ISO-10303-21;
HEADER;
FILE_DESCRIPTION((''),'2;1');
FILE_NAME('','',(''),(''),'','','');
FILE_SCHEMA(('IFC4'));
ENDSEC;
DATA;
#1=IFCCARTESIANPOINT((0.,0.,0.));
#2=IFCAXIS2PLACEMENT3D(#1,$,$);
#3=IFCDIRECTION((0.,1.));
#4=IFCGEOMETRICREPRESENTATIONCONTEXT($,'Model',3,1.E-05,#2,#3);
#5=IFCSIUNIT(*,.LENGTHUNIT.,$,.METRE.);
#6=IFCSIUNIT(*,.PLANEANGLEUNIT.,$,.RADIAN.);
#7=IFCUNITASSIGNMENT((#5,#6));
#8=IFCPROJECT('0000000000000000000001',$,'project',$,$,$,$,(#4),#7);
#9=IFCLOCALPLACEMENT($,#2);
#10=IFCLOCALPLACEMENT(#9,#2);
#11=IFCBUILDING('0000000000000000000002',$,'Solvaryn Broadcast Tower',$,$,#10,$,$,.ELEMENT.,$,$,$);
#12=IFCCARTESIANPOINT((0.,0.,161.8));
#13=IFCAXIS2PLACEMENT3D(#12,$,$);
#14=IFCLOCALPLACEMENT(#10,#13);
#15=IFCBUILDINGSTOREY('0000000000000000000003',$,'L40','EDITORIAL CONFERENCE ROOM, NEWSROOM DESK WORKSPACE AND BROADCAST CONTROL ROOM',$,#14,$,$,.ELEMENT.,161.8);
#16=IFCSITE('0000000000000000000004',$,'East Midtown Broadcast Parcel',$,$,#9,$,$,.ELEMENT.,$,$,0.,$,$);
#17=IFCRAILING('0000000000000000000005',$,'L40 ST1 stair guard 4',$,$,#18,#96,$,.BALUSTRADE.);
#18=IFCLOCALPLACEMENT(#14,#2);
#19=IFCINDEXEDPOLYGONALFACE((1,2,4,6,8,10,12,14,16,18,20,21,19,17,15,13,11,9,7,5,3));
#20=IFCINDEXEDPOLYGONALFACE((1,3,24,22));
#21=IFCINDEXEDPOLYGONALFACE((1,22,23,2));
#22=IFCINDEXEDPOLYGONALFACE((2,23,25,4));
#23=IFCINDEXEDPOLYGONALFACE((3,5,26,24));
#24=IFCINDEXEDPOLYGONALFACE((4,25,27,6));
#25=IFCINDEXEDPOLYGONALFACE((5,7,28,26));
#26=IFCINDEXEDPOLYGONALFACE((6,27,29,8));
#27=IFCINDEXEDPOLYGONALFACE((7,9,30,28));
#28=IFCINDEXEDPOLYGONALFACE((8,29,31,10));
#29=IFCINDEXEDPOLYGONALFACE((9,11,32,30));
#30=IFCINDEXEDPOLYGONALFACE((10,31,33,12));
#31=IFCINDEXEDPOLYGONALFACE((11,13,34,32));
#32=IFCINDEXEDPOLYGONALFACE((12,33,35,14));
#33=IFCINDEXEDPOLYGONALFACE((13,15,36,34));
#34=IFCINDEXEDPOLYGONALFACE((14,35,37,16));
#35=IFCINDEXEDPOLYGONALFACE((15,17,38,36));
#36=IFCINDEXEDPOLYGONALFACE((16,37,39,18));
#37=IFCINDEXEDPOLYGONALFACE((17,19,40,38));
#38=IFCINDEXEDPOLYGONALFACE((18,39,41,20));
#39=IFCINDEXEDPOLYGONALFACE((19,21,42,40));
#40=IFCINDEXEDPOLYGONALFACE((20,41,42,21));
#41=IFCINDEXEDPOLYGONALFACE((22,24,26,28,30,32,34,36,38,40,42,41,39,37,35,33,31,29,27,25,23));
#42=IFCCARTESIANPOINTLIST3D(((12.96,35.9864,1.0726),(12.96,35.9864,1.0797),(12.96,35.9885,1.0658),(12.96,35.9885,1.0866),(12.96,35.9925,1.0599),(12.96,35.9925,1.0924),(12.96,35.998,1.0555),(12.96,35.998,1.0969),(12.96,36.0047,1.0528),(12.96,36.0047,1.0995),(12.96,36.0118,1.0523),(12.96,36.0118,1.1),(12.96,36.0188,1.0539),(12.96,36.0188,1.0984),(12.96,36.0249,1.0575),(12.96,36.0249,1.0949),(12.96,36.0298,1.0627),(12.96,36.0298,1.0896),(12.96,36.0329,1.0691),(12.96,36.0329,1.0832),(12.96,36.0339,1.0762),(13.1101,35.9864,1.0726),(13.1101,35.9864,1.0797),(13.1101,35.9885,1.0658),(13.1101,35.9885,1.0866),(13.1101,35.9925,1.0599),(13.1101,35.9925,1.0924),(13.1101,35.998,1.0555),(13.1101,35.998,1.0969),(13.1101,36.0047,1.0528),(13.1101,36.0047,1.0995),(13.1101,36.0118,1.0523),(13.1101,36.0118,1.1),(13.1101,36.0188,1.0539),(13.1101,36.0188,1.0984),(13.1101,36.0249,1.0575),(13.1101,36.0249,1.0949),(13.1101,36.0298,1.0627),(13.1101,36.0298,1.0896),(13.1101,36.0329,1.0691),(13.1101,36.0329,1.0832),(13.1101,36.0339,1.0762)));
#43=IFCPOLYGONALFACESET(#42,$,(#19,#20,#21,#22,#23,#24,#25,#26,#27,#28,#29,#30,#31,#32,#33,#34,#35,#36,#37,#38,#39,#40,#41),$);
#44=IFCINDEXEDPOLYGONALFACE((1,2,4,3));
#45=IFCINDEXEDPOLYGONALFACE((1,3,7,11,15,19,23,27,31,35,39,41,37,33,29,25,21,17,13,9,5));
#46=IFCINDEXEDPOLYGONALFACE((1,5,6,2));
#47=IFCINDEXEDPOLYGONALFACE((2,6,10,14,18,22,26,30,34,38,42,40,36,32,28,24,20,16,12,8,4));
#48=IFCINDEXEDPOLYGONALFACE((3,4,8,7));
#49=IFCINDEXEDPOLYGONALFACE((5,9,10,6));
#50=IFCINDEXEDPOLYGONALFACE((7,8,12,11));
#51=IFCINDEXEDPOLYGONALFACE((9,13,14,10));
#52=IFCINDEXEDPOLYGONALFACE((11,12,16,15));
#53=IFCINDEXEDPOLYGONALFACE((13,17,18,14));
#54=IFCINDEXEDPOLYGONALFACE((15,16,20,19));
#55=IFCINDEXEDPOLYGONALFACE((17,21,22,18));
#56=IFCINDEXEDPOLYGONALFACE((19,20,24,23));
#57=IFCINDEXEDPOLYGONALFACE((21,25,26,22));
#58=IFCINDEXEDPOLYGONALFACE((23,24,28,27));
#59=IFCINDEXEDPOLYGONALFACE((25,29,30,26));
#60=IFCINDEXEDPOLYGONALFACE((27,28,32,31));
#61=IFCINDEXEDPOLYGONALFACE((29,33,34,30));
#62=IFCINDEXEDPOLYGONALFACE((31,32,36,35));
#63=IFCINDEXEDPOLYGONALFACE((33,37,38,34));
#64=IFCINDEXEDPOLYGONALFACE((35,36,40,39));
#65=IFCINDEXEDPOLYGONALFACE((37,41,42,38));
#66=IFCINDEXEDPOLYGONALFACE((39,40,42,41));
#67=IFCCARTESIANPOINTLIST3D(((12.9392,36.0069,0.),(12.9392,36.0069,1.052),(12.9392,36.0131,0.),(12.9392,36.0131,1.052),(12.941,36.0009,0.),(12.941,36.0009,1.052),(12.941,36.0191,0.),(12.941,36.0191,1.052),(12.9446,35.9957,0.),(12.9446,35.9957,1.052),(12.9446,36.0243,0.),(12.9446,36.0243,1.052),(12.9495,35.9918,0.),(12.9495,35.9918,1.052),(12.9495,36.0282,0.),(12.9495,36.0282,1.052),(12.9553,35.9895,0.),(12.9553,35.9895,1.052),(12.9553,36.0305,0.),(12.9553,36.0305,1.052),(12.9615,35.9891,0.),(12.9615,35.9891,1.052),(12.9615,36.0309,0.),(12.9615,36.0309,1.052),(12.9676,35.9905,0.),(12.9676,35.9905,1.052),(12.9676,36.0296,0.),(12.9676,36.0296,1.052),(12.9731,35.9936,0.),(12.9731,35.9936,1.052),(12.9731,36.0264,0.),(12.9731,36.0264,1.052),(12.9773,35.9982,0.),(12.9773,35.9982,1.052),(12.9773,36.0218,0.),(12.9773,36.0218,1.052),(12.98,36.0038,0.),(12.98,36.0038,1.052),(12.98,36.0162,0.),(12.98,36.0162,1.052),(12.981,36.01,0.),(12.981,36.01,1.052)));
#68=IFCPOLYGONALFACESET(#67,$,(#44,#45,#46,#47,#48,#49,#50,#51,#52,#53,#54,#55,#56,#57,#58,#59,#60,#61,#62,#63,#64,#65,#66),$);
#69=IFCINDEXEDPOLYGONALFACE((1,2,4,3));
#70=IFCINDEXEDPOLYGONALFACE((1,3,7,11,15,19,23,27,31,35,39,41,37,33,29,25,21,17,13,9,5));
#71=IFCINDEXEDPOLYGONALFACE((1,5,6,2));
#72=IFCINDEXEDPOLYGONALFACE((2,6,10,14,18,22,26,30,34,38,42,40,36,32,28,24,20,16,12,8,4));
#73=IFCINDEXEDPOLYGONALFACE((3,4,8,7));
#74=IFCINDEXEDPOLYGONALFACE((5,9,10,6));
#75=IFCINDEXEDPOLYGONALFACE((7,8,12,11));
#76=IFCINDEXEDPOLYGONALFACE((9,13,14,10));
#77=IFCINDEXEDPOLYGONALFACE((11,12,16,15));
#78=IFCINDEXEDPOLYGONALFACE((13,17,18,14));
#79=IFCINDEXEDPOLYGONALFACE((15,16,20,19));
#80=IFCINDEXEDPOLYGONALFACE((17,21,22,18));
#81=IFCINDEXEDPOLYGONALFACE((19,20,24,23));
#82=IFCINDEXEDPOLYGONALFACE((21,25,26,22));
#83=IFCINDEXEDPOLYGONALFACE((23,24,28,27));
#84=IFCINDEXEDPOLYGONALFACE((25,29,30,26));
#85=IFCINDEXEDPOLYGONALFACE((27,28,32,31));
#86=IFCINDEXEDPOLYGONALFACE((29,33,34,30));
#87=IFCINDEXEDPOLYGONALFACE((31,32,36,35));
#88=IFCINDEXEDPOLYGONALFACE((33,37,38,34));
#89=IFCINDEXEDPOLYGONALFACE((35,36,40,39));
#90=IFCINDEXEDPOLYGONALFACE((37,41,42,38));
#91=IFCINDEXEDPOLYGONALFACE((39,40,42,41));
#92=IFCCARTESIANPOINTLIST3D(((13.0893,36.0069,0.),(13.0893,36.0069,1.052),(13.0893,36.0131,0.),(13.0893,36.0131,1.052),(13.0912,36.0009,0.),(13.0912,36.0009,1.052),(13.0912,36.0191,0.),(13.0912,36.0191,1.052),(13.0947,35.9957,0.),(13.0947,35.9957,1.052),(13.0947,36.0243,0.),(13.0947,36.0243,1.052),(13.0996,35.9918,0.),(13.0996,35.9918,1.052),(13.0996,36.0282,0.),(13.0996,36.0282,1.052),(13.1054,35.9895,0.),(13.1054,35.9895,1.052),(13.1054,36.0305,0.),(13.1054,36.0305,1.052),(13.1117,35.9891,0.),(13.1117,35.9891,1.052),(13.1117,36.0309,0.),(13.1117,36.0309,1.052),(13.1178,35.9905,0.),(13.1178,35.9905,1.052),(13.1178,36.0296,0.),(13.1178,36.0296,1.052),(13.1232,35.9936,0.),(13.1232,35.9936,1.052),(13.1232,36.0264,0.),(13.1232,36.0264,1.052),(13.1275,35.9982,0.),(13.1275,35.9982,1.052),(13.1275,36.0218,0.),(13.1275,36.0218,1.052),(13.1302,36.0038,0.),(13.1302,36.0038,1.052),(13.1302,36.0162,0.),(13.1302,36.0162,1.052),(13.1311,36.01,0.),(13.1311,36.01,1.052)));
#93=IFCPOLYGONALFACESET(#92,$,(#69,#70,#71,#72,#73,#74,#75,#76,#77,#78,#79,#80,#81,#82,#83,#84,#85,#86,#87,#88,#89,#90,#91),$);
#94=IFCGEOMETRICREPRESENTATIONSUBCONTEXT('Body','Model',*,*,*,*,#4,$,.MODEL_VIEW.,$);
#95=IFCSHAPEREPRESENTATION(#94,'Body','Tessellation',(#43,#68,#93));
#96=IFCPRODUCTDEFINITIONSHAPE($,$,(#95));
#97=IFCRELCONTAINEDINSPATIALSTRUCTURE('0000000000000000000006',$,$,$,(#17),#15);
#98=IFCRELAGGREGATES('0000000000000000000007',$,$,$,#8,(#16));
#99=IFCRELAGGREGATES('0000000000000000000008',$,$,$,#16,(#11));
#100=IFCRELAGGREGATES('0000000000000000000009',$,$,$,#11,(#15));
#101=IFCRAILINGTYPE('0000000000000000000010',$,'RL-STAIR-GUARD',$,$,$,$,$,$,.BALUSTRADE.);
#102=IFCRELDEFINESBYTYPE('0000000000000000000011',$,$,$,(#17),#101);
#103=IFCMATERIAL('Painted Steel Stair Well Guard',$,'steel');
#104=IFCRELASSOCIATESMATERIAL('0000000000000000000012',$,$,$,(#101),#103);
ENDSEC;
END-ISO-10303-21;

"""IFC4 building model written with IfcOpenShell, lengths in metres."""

from ifc_helpers import new_model, si_unit, direction, frame, origin, origin_2d, place, context, subcontext, project, spatial, circle, extrude, material, type_object, element, save


model = new_model("IFC4")

# Units and contexts
model_context = context("Model", 3, precision=1e-05, world=origin(), true_north=direction((0.0, 1.0)))
body_context = subcontext(model_context, "Body", "Model", "MODEL_VIEW")
ifc_project = project(units=[si_unit("LENGTHUNIT", "METRE"), si_unit("PLANEANGLEUNIT", "RADIAN")], contexts=[model_context])

# Site, building, storey
site_placement = place(None, origin())
site = spatial("IfcSite", under=ifc_project, at=site_placement, Name="East Midtown Broadcast Parcel", CompositionType="ELEMENT", RefElevation=0.0)
building_placement = place(site_placement, origin())
building = spatial("IfcBuilding", under=site, at=building_placement, Name="Solvaryn Broadcast Tower", CompositionType="ELEMENT")
storey_placement = place(building_placement, frame((0.0, 0.0, 161.8)))
storey = spatial("IfcBuildingStorey", under=building, at=storey_placement, Name="L40", Description="EDITORIAL CONFERENCE ROOM, NEWSROOM DESK WORKSPACE AND BROADCAST CONTROL ROOM", CompositionType="ELEMENT", Elevation=161.8)

# Railing
ifc_material_1 = material(Name="Painted Steel Stair Well Guard", Category="steel")
railing_type_1 = type_object("IfcRailingType", Name="RL-STAIR-GUARD", PredefinedType="BALUSTRADE", material=ifc_material_1)
railing_1_placement = place(storey_placement, frame((12.96, 36.01, 0.0)))
element("IfcRailing", 1, at=railing_1_placement, inside=storey, type_object=railing_type_1, Name="L40 ST1 stair guard 4", PredefinedType="BALUSTRADE", context=body_context, shape_type="SweptSolid", body=[
    extrude(circle(Radius=0.0239, at=origin_2d()), frame((0.0, 0.0, 1.0762), z_axis=(1.0, 0.0, 0.0), x_axis=(0.0, 1.0, 0.0)), (0.0, 0.0, 1.0), 0.1501),
    extrude(circle(Radius=0.021, at=origin_2d()), origin(), (0.0, 0.0, 1.0), 1.052),
    extrude(circle(Radius=0.021, at=origin_2d()), frame((0.1501, 0.0, 0.0)), (0.0, 0.0, 1.0), 1.052),
])

save(model, "model.ifc")
